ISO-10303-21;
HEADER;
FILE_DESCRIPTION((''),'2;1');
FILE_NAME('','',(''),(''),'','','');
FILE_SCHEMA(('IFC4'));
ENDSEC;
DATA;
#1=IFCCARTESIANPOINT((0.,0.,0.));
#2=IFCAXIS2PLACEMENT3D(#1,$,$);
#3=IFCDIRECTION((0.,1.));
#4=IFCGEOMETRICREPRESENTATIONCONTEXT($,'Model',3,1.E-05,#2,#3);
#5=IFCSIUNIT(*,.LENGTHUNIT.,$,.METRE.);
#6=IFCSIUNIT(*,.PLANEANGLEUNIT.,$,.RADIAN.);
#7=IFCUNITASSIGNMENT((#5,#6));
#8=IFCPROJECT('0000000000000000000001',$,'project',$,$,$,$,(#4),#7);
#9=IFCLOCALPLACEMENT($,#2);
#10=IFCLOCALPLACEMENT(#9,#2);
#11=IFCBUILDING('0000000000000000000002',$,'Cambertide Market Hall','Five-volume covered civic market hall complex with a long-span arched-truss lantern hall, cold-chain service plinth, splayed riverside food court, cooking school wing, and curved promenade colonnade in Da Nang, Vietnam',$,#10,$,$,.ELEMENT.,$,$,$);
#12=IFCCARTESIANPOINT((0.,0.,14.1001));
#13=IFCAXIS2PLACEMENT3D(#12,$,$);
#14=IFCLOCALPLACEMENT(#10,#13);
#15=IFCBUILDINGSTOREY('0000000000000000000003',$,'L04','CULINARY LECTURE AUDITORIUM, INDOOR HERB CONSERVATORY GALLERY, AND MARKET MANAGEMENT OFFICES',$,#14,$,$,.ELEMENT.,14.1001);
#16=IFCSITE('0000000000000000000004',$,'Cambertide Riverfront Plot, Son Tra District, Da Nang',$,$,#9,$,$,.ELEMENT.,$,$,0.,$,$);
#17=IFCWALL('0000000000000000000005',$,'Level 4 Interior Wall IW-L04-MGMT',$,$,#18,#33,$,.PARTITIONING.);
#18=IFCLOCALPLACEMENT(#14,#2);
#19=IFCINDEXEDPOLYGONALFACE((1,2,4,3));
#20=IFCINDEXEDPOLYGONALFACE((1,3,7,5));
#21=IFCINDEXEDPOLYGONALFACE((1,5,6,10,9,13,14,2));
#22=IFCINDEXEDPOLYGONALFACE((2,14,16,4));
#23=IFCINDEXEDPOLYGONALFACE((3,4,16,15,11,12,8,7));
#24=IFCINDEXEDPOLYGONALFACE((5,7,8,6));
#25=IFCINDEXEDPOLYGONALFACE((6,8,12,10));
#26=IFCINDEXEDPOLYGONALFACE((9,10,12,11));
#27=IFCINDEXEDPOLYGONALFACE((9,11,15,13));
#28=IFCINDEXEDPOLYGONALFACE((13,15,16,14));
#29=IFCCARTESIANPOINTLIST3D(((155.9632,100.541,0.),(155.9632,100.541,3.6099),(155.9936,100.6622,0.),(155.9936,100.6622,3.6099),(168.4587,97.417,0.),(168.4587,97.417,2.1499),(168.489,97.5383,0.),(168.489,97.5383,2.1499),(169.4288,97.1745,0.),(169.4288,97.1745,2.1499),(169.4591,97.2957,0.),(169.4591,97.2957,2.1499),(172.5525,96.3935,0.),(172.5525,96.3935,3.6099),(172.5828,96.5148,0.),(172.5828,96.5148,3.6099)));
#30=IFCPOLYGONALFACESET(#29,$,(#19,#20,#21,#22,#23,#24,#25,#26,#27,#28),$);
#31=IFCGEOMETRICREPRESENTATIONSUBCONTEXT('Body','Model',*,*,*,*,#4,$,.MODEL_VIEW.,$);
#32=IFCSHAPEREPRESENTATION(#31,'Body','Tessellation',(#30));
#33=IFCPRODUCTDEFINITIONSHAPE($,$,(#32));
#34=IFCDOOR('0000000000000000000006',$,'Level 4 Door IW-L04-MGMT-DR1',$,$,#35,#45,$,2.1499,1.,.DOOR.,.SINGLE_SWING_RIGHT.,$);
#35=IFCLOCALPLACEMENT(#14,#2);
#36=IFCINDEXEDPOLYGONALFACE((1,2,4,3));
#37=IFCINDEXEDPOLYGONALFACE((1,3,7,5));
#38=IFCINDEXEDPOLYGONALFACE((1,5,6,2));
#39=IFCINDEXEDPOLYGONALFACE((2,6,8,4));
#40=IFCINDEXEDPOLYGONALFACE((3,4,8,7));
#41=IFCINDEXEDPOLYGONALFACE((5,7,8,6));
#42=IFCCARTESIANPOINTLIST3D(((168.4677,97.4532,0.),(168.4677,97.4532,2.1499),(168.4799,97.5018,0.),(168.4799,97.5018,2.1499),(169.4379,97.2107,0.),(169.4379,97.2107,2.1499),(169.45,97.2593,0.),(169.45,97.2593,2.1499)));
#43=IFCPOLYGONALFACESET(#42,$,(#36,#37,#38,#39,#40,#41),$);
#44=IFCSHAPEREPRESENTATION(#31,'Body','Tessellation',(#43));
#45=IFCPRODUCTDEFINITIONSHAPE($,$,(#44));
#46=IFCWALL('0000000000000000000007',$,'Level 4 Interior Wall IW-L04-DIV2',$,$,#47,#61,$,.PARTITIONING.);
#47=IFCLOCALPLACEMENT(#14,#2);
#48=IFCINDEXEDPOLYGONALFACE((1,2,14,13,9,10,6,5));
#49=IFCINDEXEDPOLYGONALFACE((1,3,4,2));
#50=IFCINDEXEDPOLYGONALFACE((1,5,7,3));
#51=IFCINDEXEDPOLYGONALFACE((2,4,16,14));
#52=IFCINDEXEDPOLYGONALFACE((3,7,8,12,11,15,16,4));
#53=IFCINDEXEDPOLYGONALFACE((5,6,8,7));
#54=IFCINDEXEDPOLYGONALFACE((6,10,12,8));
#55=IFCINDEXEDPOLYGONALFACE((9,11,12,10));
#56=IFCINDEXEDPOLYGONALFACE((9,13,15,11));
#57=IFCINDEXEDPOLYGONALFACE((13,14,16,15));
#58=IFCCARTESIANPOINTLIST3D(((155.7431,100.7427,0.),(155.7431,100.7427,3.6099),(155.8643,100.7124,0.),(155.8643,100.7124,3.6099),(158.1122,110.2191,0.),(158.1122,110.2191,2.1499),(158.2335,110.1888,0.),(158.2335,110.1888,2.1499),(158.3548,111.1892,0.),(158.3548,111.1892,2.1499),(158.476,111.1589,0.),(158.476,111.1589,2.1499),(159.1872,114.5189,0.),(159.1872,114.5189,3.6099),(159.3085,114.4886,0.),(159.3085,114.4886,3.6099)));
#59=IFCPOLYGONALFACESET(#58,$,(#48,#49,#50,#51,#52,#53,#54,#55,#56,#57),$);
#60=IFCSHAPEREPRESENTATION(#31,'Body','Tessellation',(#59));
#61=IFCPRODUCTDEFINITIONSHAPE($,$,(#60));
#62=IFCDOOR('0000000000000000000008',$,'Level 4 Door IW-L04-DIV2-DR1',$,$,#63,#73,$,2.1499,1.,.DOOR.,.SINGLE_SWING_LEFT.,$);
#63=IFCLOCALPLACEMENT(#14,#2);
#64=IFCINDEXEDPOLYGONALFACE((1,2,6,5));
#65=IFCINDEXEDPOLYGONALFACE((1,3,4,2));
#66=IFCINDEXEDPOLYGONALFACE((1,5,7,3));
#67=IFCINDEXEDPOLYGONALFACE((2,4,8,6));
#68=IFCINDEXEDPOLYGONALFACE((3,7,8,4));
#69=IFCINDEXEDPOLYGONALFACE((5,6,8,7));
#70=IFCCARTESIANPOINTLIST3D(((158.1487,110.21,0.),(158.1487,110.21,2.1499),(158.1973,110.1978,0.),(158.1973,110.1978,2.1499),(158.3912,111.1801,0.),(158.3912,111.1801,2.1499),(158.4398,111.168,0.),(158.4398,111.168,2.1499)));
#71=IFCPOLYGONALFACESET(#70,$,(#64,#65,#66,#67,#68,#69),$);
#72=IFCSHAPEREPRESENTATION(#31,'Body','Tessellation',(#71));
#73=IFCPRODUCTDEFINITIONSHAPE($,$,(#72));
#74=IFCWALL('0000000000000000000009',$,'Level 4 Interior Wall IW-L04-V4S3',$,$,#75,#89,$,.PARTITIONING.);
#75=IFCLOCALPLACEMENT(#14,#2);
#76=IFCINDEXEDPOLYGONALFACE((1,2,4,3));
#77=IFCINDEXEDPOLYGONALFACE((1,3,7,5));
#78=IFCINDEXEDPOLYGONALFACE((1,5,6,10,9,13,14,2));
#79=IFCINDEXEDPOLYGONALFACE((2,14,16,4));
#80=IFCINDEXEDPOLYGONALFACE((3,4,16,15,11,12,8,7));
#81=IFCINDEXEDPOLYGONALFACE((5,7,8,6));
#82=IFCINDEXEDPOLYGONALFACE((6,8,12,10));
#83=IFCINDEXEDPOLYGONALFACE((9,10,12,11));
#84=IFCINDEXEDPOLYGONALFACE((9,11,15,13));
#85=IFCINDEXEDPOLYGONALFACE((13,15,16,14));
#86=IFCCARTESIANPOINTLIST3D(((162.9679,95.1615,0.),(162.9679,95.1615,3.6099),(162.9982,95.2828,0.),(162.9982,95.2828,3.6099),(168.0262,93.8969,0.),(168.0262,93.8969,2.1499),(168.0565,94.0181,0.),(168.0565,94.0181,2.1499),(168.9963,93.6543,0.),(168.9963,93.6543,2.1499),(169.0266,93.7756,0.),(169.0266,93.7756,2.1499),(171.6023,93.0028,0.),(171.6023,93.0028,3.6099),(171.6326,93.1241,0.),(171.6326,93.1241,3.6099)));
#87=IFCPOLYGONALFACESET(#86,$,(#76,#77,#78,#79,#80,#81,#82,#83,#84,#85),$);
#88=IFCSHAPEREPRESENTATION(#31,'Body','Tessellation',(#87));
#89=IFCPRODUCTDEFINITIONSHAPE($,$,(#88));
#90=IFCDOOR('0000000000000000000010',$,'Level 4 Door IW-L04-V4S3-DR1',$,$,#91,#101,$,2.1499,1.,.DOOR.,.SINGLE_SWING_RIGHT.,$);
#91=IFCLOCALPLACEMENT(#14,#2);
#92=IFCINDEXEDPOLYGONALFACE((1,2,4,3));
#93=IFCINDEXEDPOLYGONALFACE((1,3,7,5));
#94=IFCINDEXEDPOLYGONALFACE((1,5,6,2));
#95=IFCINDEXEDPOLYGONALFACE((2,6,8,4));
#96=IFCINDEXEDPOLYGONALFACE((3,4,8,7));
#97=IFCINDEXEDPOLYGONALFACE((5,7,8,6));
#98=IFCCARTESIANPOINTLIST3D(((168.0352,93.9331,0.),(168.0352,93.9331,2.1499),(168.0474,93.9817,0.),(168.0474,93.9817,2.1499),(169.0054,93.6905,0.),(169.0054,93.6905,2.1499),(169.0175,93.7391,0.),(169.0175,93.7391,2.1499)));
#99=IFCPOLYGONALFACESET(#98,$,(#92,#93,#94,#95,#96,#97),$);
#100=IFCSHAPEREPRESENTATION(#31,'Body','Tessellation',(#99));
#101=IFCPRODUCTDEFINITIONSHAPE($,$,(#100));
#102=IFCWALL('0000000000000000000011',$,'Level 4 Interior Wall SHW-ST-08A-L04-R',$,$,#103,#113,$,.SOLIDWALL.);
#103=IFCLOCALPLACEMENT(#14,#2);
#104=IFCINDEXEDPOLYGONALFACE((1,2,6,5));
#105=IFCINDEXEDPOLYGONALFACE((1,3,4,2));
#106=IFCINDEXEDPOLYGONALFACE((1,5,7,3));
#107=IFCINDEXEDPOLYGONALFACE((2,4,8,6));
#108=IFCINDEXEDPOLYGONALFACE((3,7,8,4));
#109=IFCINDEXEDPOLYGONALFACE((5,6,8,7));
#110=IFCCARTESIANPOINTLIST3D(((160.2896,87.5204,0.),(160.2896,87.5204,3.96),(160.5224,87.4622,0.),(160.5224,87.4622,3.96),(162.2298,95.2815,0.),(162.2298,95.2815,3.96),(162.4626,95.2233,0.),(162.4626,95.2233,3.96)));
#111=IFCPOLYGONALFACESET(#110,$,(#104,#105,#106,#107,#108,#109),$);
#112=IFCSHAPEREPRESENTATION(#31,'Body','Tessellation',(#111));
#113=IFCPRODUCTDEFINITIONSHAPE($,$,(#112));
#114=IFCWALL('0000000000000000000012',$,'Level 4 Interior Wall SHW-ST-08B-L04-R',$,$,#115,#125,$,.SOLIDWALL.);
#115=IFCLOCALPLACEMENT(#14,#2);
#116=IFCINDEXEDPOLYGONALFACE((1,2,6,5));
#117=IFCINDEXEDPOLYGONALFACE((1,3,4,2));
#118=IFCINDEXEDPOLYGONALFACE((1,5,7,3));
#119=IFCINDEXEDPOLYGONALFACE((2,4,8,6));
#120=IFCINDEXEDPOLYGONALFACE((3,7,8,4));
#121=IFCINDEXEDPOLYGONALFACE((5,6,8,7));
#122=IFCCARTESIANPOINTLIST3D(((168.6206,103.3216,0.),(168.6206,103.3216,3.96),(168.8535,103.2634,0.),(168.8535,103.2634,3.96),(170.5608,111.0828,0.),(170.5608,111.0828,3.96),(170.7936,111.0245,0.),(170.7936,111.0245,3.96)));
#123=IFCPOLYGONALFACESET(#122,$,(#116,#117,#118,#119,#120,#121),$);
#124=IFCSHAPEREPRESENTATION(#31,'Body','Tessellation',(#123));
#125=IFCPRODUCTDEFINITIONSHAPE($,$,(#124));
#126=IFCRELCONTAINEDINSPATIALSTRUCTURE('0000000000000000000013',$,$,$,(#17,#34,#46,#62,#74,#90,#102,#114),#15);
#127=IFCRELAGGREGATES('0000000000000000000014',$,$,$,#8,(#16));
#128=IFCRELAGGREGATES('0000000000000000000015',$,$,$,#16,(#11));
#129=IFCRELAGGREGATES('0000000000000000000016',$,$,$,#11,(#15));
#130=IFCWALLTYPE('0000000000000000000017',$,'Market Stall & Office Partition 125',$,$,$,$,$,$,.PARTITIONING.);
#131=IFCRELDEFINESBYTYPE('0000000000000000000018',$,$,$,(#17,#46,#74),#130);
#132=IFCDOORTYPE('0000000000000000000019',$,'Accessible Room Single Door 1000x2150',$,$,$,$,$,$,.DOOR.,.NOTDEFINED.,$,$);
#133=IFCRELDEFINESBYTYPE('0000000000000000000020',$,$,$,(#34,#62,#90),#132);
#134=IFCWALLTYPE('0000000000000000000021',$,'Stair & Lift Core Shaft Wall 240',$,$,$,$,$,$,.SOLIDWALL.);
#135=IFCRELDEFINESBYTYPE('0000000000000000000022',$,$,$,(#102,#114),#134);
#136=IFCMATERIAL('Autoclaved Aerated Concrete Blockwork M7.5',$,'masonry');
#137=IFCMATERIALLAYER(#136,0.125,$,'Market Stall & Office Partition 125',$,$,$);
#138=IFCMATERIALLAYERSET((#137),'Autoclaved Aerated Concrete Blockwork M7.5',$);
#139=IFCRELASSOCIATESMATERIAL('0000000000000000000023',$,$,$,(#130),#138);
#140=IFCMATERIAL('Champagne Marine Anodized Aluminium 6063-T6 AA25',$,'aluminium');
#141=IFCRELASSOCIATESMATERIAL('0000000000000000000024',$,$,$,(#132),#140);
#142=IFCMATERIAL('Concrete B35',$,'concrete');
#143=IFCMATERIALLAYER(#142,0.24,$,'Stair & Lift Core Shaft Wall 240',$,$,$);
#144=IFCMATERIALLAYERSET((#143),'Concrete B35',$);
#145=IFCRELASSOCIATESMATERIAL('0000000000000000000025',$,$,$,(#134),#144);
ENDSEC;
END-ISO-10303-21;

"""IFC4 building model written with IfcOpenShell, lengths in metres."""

from ifc_helpers import new_model, si_unit, direction, frame, frame_2d, origin, place, context, subcontext, project, spatial, rectangle, extrude, material, layer, layer_set, type_object, element, fill, save


model = new_model("IFC4")

# Units and contexts
model_context = context("Model", 3, precision=1e-05, world=origin(), true_north=direction((0.0, 1.0)))
body_context = subcontext(model_context, "Body", "Model", "MODEL_VIEW")
ifc_project = project(units=[si_unit("LENGTHUNIT", "METRE"), si_unit("PLANEANGLEUNIT", "RADIAN")], contexts=[model_context])

# Site, building, storey
site_placement = place(None, origin())
site = spatial("IfcSite", under=ifc_project, at=site_placement, Name="Cambertide Riverfront Plot, Son Tra District, Da Nang", CompositionType="ELEMENT", RefElevation=0.0)
building_placement = place(site_placement, origin())
building = spatial("IfcBuilding", under=site, at=building_placement, Name="Cambertide Market Hall", Description="Five-volume covered civic market hall complex with a long-span arched-truss lantern hall, cold-chain service plinth, splayed riverside food court, cooking school wing, and curved promenade colonnade in Da Nang, Vietnam", CompositionType="ELEMENT")
storey_placement = place(building_placement, frame((0.0, 0.0, 14.1001)))
storey = spatial("IfcBuildingStorey", under=building, at=storey_placement, Name="L04", Description="CULINARY LECTURE AUDITORIUM, INDOOR HERB CONSERVATORY GALLERY, AND MARKET MANAGEMENT OFFICES", CompositionType="ELEMENT", Elevation=14.1001)

# Walls, openings, doors
ifc_material_1 = material(Name="Autoclaved Aerated Concrete Blockwork M7.5", Category="masonry")
ifc_layer_1 = layer(ifc_material_1, 0.125, Name="Market Stall & Office Partition 125")
ifc_layer_set_1 = layer_set([ifc_layer_1], Name="Autoclaved Aerated Concrete Blockwork M7.5")
wall_type_1 = type_object("IfcWallType", Name="Market Stall & Office Partition 125", PredefinedType="PARTITIONING", material=ifc_layer_set_1)
wall_1_placement = place(storey_placement, frame((155.9785, 100.6016, 0.0), z_axis=(0.0, 0.0, 1.0), x_axis=(0.970141, -0.242542, 0.0)))
wall_1 = element("IfcWall", 1, at=wall_1_placement, inside=storey, type_object=wall_type_1, Name="Level 4 Interior Wall IW-L04-MGMT", PredefinedType="PARTITIONING", context=body_context, shape_type="SweptSolid", body=[
    extrude(rectangle(XDim=17.0999, YDim=0.125, at=frame_2d((8.5498, 0.0))), origin(), (0.0, 0.0, 1.0), 3.6099),
])
opening_1_placement = place(wall_1_placement, frame((12.8799, 0.0, 0.0)))
opening_1 = element("IfcOpeningElement", 2, at=opening_1_placement, cuts=wall_1, PredefinedType="OPENING", context=body_context, shape_type="SweptSolid", body=[
    extrude(rectangle(XDim=1.0, YDim=2.1499, at=frame_2d((0.5, 1.075))), frame((0.0, 0.0725, 0.0), z_axis=(0.0, -1.0, 0.0), x_axis=(1.0, 0.0, 0.0)), (0.0, 0.0, 1.0), 0.145),
])
ifc_material_2 = material(Name="Champagne Marine Anodized Aluminium 6063-T6 AA25", Category="aluminium")
door_type_1 = type_object("IfcDoorType", Name="Accessible Room Single Door 1000x2150", OperationType="NOTDEFINED", PredefinedType="DOOR", material=ifc_material_2)
door_1_placement = place(opening_1_placement, origin())
door_1 = element("IfcDoor", 3, at=door_1_placement, inside=storey, type_object=door_type_1, Name="Level 4 Door IW-L04-MGMT-DR1", OperationType="SINGLE_SWING_RIGHT", OverallHeight=2.1499, OverallWidth=1.0, PredefinedType="DOOR", context=body_context, shape_type="SweptSolid", body=[
    extrude(rectangle(XDim=1.0, YDim=2.1499, at=frame_2d((0.5, 1.075))), frame((0.0, 0.0249, 0.0), z_axis=(0.0, -1.0, 0.0), x_axis=(1.0, 0.0, 0.0)), (0.0, 0.0, 1.0), 0.05),
])
fill(opening_1, door_1)
wall_2_placement = place(storey_placement, frame((155.8037, 100.7275, 0.0), z_axis=(0.0, 0.0, 1.0), x_axis=(0.24254, 0.970141, 0.0)))
wall_2 = element("IfcWall", 4, at=wall_2_placement, inside=storey, type_object=wall_type_1, Name="Level 4 Interior Wall IW-L04-DIV2", PredefinedType="PARTITIONING", context=body_context, shape_type="SweptSolid", body=[
    extrude(rectangle(XDim=14.2002, YDim=0.125, at=frame_2d((7.1001, 0.0))), origin(), (0.0, 0.0, 1.0), 3.6099),
])
opening_2_placement = place(wall_2_placement, frame((9.7681, 0.0, 0.0)))
opening_2 = element("IfcOpeningElement", 5, at=opening_2_placement, cuts=wall_2, PredefinedType="OPENING", context=body_context, shape_type="SweptSolid", body=[
    extrude(rectangle(XDim=1.0, YDim=2.1499, at=frame_2d((0.5, 1.075))), frame((0.0, 0.0725, 0.0), z_axis=(0.0, -1.0, 0.0), x_axis=(1.0, 0.0, 0.0)), (0.0, 0.0, 1.0), 0.145),
])
door_2_placement = place(opening_2_placement, origin())
door_2 = element("IfcDoor", 6, at=door_2_placement, inside=storey, type_object=door_type_1, Name="Level 4 Door IW-L04-DIV2-DR1", OperationType="SINGLE_SWING_LEFT", OverallHeight=2.1499, OverallWidth=1.0, PredefinedType="DOOR", context=body_context, shape_type="SweptSolid", body=[
    extrude(rectangle(XDim=1.0, YDim=2.1499, at=frame_2d((0.5, 1.075))), frame((0.0, 0.0249, 0.0), z_axis=(0.0, -1.0, 0.0), x_axis=(1.0, 0.0, 0.0)), (0.0, 0.0, 1.0), 0.05),
])
fill(opening_2, door_2)
wall_3_placement = place(storey_placement, frame((162.9829, 95.2222, 0.0), z_axis=(0.0, 0.0, 1.0), x_axis=(0.970139, -0.242549, 0.0)))
wall_3 = element("IfcWall", 7, at=wall_3_placement, inside=storey, type_object=wall_type_1, Name="Level 4 Interior Wall IW-L04-V4S3", PredefinedType="PARTITIONING", context=body_context, shape_type="SweptSolid", body=[
    extrude(rectangle(XDim=8.9001, YDim=0.125, at=frame_2d((4.4502, 0.0))), origin(), (0.0, 0.0, 1.0), 3.6099),
])
opening_3_placement = place(wall_3_placement, frame((5.2141, 0.0, 0.0)))
opening_3 = element("IfcOpeningElement", 8, at=opening_3_placement, cuts=wall_3, PredefinedType="OPENING", context=body_context, shape_type="SweptSolid", body=[
    extrude(rectangle(XDim=1.0, YDim=2.1499, at=frame_2d((0.5, 1.075))), frame((0.0, 0.0725, 0.0), z_axis=(0.0, -1.0, 0.0), x_axis=(1.0, 0.0, 0.0)), (0.0, 0.0, 1.0), 0.145),
])
door_3_placement = place(opening_3_placement, origin())
door_3 = element("IfcDoor", 9, at=door_3_placement, inside=storey, type_object=door_type_1, Name="Level 4 Door IW-L04-V4S3-DR1", OperationType="SINGLE_SWING_RIGHT", OverallHeight=2.1499, OverallWidth=1.0, PredefinedType="DOOR", context=body_context, shape_type="SweptSolid", body=[
    extrude(rectangle(XDim=1.0, YDim=2.1499, at=frame_2d((0.5, 1.075))), frame((0.0, 0.0249, 0.0), z_axis=(0.0, -1.0, 0.0), x_axis=(1.0, 0.0, 0.0)), (0.0, 0.0, 1.0), 0.05),
])
fill(opening_3, door_3)
ifc_material_3 = material(Name="Concrete B35", Category="concrete")
ifc_layer_2 = layer(ifc_material_3, 0.24, Name="Stair & Lift Core Shaft Wall 240")
ifc_layer_set_2 = layer_set([ifc_layer_2], Name="Concrete B35")
wall_type_2 = type_object("IfcWallType", Name="Stair & Lift Core Shaft Wall 240", PredefinedType="SOLIDWALL", material=ifc_layer_set_2)

# Walls
for number, where, z_axis, x_axis, name in (
    (10, (162.3462, 95.2524, 0.0), (0.0, 0.0, 1.0), (-0.242521, -0.970146, 0.0), "Level 4 Interior Wall SHW-ST-08A-L04-R"),
    (11, (168.7371, 103.2925, 0.0), (0.0, 0.0, 1.0), (0.242521, 0.970146, 0.0), "Level 4 Interior Wall SHW-ST-08B-L04-R"),
):
    element("IfcWall", number, at=place(storey_placement, frame(where, z_axis=z_axis, x_axis=x_axis)), inside=storey, type_object=wall_type_2, Name=name, PredefinedType="SOLIDWALL", context=body_context, shape_type="SweptSolid", body=[
        extrude(rectangle(XDim=8.0, YDim=0.24, at=frame_2d((4.0, 0.0))), origin(), (0.0, 0.0, 1.0), 3.96),
    ])

save(model, "model.ifc")
